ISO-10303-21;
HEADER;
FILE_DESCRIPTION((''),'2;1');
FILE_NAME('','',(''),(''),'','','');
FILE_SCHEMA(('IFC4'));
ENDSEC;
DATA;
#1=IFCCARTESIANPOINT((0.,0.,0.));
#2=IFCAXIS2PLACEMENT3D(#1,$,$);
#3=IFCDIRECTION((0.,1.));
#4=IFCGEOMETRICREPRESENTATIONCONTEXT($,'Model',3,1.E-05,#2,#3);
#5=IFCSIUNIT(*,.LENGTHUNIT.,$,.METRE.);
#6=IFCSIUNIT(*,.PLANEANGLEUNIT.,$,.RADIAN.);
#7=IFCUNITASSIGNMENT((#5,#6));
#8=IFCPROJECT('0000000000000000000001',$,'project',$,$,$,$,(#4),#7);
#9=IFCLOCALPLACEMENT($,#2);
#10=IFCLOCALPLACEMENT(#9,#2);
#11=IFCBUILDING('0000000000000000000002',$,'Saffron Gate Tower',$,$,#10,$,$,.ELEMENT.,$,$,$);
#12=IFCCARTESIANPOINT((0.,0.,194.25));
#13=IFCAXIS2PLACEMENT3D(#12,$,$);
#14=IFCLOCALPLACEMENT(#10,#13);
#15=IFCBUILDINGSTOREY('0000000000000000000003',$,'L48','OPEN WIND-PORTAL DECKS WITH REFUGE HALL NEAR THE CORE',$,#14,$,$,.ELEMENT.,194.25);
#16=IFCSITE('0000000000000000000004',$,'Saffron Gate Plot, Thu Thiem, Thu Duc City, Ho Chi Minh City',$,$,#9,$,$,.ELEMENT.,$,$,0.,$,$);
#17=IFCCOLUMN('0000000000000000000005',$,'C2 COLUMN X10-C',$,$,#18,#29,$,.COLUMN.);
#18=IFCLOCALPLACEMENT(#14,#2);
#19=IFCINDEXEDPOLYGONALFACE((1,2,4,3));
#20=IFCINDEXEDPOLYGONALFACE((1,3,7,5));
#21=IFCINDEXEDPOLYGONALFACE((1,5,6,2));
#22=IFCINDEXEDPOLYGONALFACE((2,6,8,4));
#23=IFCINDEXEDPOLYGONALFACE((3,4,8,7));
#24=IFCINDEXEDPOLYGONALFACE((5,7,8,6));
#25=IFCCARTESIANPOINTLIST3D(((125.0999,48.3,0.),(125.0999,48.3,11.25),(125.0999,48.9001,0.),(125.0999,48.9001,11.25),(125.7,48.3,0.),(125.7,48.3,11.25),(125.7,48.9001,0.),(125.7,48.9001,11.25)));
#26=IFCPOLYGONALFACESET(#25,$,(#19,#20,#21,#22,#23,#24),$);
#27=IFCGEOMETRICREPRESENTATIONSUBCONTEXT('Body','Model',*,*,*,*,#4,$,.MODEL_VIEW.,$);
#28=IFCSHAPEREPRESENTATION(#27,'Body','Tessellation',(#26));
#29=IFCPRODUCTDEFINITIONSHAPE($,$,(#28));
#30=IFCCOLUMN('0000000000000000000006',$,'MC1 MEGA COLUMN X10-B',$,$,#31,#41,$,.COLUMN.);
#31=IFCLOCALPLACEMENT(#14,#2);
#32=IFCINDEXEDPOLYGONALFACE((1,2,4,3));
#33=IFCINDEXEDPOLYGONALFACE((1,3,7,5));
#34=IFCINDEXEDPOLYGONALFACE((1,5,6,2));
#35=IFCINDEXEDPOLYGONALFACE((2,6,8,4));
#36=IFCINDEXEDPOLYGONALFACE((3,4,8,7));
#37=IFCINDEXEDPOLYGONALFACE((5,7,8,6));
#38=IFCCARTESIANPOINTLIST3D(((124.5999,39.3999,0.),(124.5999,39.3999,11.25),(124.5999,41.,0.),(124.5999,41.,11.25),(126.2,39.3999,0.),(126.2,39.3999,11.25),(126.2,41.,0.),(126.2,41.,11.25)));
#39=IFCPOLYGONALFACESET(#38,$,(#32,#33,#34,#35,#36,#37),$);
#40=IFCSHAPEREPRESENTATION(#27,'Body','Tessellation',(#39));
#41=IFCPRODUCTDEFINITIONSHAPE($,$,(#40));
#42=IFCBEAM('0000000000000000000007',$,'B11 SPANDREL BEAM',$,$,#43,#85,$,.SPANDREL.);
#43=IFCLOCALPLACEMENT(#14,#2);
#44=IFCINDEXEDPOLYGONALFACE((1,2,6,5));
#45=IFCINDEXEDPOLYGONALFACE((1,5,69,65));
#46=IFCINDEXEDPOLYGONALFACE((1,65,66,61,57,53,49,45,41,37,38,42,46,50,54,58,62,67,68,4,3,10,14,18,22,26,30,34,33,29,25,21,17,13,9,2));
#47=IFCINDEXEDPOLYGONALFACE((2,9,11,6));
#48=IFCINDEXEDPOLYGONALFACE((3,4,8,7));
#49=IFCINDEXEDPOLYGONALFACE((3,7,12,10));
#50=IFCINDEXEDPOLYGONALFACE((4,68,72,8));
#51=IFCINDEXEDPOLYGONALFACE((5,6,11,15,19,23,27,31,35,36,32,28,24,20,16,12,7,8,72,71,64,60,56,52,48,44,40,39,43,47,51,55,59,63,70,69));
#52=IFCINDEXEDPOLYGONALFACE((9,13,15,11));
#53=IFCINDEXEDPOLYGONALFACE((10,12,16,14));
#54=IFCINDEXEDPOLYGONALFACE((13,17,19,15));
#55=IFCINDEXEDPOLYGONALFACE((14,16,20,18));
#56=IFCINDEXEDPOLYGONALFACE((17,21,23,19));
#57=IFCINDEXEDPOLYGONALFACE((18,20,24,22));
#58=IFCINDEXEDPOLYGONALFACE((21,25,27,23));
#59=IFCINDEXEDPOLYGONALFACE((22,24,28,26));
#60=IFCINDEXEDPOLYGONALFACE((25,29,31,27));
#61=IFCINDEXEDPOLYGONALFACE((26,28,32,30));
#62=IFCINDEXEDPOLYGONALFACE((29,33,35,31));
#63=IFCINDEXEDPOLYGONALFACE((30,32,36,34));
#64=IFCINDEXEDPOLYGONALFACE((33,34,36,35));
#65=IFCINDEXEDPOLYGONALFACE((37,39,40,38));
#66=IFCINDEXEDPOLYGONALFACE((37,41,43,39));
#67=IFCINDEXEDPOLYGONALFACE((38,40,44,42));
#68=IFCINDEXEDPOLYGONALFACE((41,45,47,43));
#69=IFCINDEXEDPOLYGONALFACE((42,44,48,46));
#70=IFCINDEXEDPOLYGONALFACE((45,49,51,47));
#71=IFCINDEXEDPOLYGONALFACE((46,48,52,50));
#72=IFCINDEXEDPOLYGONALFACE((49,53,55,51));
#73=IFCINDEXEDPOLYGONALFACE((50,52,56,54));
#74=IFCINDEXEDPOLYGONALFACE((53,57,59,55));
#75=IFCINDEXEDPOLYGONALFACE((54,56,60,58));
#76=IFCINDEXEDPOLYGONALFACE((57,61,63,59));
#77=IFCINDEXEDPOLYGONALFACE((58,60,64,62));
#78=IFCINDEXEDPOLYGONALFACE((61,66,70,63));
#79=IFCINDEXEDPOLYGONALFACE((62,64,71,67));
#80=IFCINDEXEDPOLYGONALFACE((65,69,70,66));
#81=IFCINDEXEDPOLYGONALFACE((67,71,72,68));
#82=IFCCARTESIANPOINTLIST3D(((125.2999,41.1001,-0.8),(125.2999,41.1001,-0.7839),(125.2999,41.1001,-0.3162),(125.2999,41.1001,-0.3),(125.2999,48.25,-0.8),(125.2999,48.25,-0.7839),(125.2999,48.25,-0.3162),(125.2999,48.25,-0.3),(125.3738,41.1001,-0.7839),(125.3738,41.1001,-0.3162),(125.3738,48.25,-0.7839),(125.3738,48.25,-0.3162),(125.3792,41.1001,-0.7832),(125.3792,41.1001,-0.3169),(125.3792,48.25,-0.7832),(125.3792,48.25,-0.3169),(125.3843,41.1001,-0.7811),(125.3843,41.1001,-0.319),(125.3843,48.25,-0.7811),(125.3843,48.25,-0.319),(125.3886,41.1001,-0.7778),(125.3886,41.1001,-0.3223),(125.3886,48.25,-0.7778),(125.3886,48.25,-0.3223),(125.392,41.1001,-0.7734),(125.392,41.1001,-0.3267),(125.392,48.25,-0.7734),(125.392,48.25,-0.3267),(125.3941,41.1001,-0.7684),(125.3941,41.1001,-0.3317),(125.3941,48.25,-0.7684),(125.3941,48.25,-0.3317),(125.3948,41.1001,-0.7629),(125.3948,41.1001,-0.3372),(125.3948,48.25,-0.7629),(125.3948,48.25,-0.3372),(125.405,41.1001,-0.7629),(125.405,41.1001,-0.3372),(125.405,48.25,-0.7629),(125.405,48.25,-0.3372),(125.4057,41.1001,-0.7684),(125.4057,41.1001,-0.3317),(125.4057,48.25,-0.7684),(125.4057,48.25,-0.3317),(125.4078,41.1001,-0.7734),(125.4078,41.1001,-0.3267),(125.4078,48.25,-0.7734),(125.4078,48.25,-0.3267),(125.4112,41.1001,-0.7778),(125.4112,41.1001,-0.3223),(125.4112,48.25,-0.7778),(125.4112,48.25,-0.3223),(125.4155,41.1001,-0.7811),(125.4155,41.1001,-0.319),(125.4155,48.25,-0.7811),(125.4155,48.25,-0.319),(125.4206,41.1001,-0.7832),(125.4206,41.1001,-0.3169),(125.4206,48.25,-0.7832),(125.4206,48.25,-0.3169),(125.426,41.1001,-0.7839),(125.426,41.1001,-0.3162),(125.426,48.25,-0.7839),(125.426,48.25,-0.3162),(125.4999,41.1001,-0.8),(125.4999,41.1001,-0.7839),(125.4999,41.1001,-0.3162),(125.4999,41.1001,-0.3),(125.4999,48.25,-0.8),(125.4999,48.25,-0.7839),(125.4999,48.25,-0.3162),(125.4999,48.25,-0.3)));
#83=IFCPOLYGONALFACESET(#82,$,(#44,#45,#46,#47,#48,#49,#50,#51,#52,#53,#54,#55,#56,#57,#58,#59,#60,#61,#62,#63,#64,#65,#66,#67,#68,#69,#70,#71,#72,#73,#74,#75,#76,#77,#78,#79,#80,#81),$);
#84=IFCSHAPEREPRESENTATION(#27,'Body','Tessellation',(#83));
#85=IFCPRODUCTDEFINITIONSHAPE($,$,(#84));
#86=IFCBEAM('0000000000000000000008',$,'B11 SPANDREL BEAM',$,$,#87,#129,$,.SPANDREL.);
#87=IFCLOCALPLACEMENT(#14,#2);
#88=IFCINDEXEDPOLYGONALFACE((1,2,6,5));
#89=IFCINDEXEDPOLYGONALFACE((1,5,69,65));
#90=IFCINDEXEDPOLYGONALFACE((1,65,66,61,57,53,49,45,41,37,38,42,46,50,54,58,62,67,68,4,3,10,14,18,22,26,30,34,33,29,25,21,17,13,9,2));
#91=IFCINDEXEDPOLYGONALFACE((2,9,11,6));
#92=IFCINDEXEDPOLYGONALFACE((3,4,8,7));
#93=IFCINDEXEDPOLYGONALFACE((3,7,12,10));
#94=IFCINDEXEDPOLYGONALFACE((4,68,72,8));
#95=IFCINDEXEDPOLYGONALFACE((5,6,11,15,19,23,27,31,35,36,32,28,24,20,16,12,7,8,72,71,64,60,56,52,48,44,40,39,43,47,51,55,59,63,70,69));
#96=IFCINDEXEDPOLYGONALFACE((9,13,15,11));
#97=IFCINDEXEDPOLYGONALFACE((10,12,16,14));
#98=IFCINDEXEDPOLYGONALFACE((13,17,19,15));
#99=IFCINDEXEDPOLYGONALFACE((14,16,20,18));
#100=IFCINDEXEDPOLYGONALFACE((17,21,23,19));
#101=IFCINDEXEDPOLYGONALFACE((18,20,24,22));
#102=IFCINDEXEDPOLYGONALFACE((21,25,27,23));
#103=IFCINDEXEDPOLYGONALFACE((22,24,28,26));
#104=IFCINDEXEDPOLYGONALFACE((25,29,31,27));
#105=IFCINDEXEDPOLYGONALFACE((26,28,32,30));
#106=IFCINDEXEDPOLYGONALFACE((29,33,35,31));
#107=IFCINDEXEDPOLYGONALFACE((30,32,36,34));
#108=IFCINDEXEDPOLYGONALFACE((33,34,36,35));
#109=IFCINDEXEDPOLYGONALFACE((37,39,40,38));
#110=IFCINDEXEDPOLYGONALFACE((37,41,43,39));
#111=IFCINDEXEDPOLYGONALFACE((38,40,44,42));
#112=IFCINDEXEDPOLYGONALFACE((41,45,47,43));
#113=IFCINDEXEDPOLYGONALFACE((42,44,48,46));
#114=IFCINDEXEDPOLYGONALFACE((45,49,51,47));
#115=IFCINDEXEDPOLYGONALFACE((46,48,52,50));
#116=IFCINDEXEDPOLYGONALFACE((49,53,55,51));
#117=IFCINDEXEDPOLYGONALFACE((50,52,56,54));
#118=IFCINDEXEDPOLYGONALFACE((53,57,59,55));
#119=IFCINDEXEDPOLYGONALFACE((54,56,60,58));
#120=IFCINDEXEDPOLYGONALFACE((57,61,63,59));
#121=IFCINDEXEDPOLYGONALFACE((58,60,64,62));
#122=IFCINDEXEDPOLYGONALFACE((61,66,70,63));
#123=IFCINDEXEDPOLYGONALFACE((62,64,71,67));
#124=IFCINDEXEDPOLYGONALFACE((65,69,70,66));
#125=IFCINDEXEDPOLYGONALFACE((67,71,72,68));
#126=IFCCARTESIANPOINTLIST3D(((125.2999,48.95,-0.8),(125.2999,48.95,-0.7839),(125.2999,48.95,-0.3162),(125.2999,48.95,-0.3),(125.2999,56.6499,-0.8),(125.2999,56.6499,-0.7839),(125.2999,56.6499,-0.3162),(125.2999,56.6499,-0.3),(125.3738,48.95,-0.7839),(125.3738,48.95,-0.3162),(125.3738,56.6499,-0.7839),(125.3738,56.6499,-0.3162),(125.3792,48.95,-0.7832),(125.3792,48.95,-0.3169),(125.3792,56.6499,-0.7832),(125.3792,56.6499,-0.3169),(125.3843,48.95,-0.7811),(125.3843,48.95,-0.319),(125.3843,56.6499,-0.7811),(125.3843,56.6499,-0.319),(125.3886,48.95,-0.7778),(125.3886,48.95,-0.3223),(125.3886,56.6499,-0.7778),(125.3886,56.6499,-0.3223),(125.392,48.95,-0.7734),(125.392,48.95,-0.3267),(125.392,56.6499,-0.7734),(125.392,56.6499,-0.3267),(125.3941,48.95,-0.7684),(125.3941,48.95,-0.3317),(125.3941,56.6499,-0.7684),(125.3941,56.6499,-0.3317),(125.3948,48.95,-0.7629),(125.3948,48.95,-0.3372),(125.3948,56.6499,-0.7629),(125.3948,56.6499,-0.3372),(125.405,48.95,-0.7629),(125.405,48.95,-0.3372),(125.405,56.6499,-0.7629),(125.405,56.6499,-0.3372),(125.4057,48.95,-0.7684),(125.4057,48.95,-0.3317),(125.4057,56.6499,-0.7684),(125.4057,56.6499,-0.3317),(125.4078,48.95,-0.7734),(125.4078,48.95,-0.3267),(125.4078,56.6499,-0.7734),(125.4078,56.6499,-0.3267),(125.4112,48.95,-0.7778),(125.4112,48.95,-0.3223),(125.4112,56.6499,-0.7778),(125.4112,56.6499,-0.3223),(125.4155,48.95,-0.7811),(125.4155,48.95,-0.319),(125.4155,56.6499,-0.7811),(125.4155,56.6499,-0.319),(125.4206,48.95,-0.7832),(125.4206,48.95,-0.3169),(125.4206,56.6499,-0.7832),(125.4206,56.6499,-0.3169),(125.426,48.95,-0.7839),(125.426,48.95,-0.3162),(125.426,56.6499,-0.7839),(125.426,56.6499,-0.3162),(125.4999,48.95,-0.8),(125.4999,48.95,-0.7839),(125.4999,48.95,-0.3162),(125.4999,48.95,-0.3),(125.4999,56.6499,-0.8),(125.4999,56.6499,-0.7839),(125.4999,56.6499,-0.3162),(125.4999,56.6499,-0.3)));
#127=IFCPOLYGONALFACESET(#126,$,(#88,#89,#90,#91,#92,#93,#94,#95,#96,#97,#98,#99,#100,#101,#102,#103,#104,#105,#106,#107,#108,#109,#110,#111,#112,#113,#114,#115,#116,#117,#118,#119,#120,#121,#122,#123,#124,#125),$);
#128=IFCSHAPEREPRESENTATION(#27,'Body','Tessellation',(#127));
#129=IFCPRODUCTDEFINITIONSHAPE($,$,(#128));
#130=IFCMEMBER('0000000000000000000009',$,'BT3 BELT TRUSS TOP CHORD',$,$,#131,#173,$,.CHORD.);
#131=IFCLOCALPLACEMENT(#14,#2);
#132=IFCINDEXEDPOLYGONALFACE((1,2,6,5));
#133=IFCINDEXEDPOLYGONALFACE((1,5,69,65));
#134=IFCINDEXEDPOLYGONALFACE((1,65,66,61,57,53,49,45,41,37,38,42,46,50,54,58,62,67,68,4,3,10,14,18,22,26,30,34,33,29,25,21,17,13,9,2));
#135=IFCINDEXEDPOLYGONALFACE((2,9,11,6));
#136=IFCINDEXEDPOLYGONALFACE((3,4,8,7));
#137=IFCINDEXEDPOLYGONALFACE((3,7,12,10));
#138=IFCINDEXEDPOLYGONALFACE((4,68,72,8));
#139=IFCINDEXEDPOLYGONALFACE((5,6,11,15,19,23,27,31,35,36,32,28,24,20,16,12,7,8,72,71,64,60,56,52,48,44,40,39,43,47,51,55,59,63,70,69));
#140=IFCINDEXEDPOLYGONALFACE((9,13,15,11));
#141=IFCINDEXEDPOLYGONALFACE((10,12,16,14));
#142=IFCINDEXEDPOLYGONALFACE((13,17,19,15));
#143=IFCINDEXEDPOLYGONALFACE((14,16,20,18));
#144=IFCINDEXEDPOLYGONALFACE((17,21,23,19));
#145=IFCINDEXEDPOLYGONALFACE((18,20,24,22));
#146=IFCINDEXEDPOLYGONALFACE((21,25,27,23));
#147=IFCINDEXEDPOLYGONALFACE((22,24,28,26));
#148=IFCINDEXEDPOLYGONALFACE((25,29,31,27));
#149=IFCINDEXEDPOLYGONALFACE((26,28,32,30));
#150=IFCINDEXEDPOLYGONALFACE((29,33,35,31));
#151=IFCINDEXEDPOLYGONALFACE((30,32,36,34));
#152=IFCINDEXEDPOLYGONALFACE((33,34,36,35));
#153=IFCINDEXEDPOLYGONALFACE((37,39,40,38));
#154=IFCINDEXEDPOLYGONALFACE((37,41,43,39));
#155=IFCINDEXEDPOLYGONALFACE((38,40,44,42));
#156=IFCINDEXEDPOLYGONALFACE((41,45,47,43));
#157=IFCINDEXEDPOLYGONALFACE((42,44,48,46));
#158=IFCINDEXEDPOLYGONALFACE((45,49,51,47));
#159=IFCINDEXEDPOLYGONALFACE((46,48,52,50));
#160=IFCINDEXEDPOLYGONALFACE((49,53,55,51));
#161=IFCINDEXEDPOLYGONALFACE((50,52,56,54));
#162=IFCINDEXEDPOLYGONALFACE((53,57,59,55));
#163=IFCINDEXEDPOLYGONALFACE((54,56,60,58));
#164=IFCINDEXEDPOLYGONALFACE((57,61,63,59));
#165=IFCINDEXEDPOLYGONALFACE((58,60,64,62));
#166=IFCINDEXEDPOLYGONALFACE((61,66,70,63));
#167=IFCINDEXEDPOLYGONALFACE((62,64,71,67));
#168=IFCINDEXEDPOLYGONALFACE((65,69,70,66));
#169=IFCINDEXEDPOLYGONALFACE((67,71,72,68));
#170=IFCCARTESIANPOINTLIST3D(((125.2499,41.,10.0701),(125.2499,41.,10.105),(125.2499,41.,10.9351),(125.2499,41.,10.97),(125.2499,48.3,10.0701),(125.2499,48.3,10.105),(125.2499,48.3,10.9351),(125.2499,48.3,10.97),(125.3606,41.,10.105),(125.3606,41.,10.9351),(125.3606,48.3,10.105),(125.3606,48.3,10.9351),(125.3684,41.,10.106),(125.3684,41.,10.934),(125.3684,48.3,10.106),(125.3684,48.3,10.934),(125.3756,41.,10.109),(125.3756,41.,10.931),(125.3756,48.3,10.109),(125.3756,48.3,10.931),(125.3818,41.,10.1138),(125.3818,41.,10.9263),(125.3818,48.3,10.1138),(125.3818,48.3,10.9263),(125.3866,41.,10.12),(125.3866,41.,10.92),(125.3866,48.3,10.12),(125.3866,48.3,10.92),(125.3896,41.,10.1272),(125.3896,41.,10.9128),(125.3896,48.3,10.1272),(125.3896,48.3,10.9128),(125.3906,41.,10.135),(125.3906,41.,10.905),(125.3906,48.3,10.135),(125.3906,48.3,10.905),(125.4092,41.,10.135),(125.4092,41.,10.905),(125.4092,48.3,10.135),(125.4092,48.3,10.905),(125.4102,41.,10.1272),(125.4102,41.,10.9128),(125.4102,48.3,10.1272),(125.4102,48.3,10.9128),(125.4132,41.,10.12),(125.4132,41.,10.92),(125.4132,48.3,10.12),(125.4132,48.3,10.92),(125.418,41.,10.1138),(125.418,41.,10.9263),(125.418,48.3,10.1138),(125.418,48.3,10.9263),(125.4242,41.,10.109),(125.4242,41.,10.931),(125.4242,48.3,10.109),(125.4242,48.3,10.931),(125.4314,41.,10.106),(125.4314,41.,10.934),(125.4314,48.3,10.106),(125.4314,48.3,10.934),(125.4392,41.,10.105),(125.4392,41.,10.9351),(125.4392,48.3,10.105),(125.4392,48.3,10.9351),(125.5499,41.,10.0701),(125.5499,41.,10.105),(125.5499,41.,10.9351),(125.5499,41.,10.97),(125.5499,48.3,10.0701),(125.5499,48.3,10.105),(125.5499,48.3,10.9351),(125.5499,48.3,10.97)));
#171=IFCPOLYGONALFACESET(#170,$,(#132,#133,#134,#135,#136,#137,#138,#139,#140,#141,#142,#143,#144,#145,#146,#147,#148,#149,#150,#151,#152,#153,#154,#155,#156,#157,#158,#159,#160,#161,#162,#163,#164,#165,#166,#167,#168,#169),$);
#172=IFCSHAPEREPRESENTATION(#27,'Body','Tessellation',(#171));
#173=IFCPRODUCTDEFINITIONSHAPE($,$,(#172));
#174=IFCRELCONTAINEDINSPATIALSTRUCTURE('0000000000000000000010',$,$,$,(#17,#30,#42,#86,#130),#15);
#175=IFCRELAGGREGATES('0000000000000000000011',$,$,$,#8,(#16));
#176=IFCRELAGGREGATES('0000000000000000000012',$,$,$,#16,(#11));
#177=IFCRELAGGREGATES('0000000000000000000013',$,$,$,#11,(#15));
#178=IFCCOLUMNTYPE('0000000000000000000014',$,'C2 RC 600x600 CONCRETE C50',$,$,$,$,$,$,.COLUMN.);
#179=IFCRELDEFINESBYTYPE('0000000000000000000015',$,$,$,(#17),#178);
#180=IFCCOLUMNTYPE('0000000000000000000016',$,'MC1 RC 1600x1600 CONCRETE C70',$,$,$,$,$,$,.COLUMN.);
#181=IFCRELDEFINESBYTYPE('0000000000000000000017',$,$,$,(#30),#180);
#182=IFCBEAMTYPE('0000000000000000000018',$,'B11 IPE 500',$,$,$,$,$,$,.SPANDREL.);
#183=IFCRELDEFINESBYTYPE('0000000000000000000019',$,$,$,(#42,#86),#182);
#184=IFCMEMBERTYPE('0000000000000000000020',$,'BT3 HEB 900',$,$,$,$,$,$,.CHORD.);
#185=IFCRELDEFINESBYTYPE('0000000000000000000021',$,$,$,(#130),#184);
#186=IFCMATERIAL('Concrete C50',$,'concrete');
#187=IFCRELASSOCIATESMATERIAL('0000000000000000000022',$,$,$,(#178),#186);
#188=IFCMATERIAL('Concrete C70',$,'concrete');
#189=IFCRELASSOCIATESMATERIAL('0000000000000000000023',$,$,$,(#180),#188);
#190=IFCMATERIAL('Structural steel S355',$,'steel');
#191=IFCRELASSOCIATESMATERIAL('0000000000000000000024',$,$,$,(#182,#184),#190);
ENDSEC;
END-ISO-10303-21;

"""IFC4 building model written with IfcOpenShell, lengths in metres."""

from ifc_helpers import new_model, si_unit, direction, frame, origin, origin_2d, place, context, subcontext, project, spatial, rectangle, i_section, extrude, material, material_profile, profile_set, type_object, element, save


model = new_model("IFC4")

# Units and contexts
model_context = context("Model", 3, precision=1e-05, world=origin(), true_north=direction((0.0, 1.0)))
body_context = subcontext(model_context, "Body", "Model", "MODEL_VIEW")
ifc_project = project(units=[si_unit("LENGTHUNIT", "METRE"), si_unit("PLANEANGLEUNIT", "RADIAN")], contexts=[model_context])

# Site, building, storey
site_placement = place(None, origin())
site = spatial("IfcSite", under=ifc_project, at=site_placement, Name="Saffron Gate Plot, Thu Thiem, Thu Duc City, Ho Chi Minh City", CompositionType="ELEMENT", RefElevation=0.0)
building_placement = place(site_placement, origin())
building = spatial("IfcBuilding", under=site, at=building_placement, Name="Saffron Gate Tower", CompositionType="ELEMENT")
storey_placement = place(building_placement, frame((0.0, 0.0, 194.25)))
storey = spatial("IfcBuildingStorey", under=building, at=storey_placement, Name="L48", Description="OPEN WIND-PORTAL DECKS WITH REFUGE HALL NEAR THE CORE", CompositionType="ELEMENT", Elevation=194.25)

# Columns
ifc_material_1 = material(Name="Concrete C50", Category="concrete")
ifc_material_profile_1 = material_profile(ifc_material_1, rectangle(XDim=0.6001, YDim=0.6001, at=origin_2d()))
ifc_profile_set_1 = profile_set([ifc_material_profile_1], Name="Concrete C50")
column_type_1 = type_object("IfcColumnType", Name="C2 RC 600x600 CONCRETE C50", PredefinedType="COLUMN", material=ifc_profile_set_1)
column_1_placement = place(storey_placement, frame((125.3999, 48.6001, 0.0), z_axis=(0.0, 0.0, 1.0), x_axis=(1.0, 0.0, 0.0)))
element("IfcColumn", 1, at=column_1_placement, inside=storey, type_object=column_type_1, Name="C2 COLUMN X10-C", PredefinedType="COLUMN", context=body_context, shape_type="SweptSolid", body=[
    extrude(rectangle(XDim=0.6001, YDim=0.6001, at=origin_2d()), origin(), (0.0, 0.0, 1.0), 11.25),
])
ifc_material_2 = material(Name="Concrete C70", Category="concrete")
ifc_material_profile_2 = material_profile(ifc_material_2, rectangle(XDim=1.6001, YDim=1.6001, at=origin_2d()))
ifc_profile_set_2 = profile_set([ifc_material_profile_2], Name="Concrete C70")
column_type_2 = type_object("IfcColumnType", Name="MC1 RC 1600x1600 CONCRETE C70", PredefinedType="COLUMN", material=ifc_profile_set_2)
column_2_placement = place(storey_placement, frame((125.3999, 40.2, 0.0), z_axis=(0.0, 0.0, 1.0), x_axis=(1.0, 0.0, 0.0)))
element("IfcColumn", 2, at=column_2_placement, inside=storey, type_object=column_type_2, Name="MC1 MEGA COLUMN X10-B", PredefinedType="COLUMN", context=body_context, shape_type="SweptSolid", body=[
    extrude(rectangle(XDim=1.6001, YDim=1.6001, at=origin_2d()), origin(), (0.0, 0.0, 1.0), 11.25),
])

# Beams
ifc_material_3 = material(Name="Structural steel S355", Category="steel")
ifc_material_profile_3 = material_profile(ifc_material_3, i_section(OverallWidth=0.2, OverallDepth=0.5, WebThickness=0.0103, FlangeThickness=0.0161, FilletRadius=0.021, at=origin_2d()))
ifc_profile_set_3 = profile_set([ifc_material_profile_3], Name="Structural steel S355")
beam_type_1 = type_object("IfcBeamType", Name="B11 IPE 500", PredefinedType="SPANDREL", material=ifc_profile_set_3)
beam_1_placement = place(storey_placement, frame((125.3999, 41.1001, -0.55), z_axis=(0.0, 1.0, 0.0), x_axis=(-1.0, 0.0, 0.0)))
element("IfcBeam", 3, at=beam_1_placement, inside=storey, type_object=beam_type_1, Name="B11 SPANDREL BEAM", PredefinedType="SPANDREL", context=body_context, shape_type="SweptSolid", body=[
    extrude(i_section(OverallWidth=0.2, OverallDepth=0.5, WebThickness=0.0103, FlangeThickness=0.0161, FilletRadius=0.021, at=origin_2d()), origin(), (0.0, 0.0, 1.0), 7.1499),
])
beam_2_placement = place(storey_placement, frame((125.3999, 48.95, -0.55), z_axis=(0.0, 1.0, 0.0), x_axis=(-1.0, 0.0, 0.0)))
element("IfcBeam", 4, at=beam_2_placement, inside=storey, type_object=beam_type_1, Name="B11 SPANDREL BEAM", PredefinedType="SPANDREL", context=body_context, shape_type="SweptSolid", body=[
    extrude(i_section(OverallWidth=0.2, OverallDepth=0.5, WebThickness=0.0103, FlangeThickness=0.0161, FilletRadius=0.021, at=origin_2d()), origin(), (0.0, 0.0, 1.0), 7.7),
])

# Member
ifc_material_profile_4 = material_profile(ifc_material_3, i_section(OverallWidth=0.3, OverallDepth=0.8999, WebThickness=0.0186, FlangeThickness=0.0349, FilletRadius=0.03, at=origin_2d()))
ifc_profile_set_4 = profile_set([ifc_material_profile_4], Name="Structural steel S355")
member_type_1 = type_object("IfcMemberType", Name="BT3 HEB 900", PredefinedType="CHORD", material=ifc_profile_set_4)
for number, where, z_axis, x_axis, name in (
    (5, (125.3999, 41.0, 10.52), (0.0, 1.0, 0.0), (-1.0, 0.0, 0.0), "BT3 BELT TRUSS TOP CHORD"),
):
    element("IfcMember", number, at=place(storey_placement, frame(where, z_axis=z_axis, x_axis=x_axis)), inside=storey, type_object=member_type_1, Name=name, PredefinedType="CHORD", context=body_context, shape_type="SweptSolid", body=[
        extrude(i_section(OverallWidth=0.3, OverallDepth=0.8999, WebThickness=0.0186, FlangeThickness=0.0349, FilletRadius=0.03, at=origin_2d()), origin(), (0.0, 0.0, 1.0), 7.3),
    ])

save(model, "model.ifc")
